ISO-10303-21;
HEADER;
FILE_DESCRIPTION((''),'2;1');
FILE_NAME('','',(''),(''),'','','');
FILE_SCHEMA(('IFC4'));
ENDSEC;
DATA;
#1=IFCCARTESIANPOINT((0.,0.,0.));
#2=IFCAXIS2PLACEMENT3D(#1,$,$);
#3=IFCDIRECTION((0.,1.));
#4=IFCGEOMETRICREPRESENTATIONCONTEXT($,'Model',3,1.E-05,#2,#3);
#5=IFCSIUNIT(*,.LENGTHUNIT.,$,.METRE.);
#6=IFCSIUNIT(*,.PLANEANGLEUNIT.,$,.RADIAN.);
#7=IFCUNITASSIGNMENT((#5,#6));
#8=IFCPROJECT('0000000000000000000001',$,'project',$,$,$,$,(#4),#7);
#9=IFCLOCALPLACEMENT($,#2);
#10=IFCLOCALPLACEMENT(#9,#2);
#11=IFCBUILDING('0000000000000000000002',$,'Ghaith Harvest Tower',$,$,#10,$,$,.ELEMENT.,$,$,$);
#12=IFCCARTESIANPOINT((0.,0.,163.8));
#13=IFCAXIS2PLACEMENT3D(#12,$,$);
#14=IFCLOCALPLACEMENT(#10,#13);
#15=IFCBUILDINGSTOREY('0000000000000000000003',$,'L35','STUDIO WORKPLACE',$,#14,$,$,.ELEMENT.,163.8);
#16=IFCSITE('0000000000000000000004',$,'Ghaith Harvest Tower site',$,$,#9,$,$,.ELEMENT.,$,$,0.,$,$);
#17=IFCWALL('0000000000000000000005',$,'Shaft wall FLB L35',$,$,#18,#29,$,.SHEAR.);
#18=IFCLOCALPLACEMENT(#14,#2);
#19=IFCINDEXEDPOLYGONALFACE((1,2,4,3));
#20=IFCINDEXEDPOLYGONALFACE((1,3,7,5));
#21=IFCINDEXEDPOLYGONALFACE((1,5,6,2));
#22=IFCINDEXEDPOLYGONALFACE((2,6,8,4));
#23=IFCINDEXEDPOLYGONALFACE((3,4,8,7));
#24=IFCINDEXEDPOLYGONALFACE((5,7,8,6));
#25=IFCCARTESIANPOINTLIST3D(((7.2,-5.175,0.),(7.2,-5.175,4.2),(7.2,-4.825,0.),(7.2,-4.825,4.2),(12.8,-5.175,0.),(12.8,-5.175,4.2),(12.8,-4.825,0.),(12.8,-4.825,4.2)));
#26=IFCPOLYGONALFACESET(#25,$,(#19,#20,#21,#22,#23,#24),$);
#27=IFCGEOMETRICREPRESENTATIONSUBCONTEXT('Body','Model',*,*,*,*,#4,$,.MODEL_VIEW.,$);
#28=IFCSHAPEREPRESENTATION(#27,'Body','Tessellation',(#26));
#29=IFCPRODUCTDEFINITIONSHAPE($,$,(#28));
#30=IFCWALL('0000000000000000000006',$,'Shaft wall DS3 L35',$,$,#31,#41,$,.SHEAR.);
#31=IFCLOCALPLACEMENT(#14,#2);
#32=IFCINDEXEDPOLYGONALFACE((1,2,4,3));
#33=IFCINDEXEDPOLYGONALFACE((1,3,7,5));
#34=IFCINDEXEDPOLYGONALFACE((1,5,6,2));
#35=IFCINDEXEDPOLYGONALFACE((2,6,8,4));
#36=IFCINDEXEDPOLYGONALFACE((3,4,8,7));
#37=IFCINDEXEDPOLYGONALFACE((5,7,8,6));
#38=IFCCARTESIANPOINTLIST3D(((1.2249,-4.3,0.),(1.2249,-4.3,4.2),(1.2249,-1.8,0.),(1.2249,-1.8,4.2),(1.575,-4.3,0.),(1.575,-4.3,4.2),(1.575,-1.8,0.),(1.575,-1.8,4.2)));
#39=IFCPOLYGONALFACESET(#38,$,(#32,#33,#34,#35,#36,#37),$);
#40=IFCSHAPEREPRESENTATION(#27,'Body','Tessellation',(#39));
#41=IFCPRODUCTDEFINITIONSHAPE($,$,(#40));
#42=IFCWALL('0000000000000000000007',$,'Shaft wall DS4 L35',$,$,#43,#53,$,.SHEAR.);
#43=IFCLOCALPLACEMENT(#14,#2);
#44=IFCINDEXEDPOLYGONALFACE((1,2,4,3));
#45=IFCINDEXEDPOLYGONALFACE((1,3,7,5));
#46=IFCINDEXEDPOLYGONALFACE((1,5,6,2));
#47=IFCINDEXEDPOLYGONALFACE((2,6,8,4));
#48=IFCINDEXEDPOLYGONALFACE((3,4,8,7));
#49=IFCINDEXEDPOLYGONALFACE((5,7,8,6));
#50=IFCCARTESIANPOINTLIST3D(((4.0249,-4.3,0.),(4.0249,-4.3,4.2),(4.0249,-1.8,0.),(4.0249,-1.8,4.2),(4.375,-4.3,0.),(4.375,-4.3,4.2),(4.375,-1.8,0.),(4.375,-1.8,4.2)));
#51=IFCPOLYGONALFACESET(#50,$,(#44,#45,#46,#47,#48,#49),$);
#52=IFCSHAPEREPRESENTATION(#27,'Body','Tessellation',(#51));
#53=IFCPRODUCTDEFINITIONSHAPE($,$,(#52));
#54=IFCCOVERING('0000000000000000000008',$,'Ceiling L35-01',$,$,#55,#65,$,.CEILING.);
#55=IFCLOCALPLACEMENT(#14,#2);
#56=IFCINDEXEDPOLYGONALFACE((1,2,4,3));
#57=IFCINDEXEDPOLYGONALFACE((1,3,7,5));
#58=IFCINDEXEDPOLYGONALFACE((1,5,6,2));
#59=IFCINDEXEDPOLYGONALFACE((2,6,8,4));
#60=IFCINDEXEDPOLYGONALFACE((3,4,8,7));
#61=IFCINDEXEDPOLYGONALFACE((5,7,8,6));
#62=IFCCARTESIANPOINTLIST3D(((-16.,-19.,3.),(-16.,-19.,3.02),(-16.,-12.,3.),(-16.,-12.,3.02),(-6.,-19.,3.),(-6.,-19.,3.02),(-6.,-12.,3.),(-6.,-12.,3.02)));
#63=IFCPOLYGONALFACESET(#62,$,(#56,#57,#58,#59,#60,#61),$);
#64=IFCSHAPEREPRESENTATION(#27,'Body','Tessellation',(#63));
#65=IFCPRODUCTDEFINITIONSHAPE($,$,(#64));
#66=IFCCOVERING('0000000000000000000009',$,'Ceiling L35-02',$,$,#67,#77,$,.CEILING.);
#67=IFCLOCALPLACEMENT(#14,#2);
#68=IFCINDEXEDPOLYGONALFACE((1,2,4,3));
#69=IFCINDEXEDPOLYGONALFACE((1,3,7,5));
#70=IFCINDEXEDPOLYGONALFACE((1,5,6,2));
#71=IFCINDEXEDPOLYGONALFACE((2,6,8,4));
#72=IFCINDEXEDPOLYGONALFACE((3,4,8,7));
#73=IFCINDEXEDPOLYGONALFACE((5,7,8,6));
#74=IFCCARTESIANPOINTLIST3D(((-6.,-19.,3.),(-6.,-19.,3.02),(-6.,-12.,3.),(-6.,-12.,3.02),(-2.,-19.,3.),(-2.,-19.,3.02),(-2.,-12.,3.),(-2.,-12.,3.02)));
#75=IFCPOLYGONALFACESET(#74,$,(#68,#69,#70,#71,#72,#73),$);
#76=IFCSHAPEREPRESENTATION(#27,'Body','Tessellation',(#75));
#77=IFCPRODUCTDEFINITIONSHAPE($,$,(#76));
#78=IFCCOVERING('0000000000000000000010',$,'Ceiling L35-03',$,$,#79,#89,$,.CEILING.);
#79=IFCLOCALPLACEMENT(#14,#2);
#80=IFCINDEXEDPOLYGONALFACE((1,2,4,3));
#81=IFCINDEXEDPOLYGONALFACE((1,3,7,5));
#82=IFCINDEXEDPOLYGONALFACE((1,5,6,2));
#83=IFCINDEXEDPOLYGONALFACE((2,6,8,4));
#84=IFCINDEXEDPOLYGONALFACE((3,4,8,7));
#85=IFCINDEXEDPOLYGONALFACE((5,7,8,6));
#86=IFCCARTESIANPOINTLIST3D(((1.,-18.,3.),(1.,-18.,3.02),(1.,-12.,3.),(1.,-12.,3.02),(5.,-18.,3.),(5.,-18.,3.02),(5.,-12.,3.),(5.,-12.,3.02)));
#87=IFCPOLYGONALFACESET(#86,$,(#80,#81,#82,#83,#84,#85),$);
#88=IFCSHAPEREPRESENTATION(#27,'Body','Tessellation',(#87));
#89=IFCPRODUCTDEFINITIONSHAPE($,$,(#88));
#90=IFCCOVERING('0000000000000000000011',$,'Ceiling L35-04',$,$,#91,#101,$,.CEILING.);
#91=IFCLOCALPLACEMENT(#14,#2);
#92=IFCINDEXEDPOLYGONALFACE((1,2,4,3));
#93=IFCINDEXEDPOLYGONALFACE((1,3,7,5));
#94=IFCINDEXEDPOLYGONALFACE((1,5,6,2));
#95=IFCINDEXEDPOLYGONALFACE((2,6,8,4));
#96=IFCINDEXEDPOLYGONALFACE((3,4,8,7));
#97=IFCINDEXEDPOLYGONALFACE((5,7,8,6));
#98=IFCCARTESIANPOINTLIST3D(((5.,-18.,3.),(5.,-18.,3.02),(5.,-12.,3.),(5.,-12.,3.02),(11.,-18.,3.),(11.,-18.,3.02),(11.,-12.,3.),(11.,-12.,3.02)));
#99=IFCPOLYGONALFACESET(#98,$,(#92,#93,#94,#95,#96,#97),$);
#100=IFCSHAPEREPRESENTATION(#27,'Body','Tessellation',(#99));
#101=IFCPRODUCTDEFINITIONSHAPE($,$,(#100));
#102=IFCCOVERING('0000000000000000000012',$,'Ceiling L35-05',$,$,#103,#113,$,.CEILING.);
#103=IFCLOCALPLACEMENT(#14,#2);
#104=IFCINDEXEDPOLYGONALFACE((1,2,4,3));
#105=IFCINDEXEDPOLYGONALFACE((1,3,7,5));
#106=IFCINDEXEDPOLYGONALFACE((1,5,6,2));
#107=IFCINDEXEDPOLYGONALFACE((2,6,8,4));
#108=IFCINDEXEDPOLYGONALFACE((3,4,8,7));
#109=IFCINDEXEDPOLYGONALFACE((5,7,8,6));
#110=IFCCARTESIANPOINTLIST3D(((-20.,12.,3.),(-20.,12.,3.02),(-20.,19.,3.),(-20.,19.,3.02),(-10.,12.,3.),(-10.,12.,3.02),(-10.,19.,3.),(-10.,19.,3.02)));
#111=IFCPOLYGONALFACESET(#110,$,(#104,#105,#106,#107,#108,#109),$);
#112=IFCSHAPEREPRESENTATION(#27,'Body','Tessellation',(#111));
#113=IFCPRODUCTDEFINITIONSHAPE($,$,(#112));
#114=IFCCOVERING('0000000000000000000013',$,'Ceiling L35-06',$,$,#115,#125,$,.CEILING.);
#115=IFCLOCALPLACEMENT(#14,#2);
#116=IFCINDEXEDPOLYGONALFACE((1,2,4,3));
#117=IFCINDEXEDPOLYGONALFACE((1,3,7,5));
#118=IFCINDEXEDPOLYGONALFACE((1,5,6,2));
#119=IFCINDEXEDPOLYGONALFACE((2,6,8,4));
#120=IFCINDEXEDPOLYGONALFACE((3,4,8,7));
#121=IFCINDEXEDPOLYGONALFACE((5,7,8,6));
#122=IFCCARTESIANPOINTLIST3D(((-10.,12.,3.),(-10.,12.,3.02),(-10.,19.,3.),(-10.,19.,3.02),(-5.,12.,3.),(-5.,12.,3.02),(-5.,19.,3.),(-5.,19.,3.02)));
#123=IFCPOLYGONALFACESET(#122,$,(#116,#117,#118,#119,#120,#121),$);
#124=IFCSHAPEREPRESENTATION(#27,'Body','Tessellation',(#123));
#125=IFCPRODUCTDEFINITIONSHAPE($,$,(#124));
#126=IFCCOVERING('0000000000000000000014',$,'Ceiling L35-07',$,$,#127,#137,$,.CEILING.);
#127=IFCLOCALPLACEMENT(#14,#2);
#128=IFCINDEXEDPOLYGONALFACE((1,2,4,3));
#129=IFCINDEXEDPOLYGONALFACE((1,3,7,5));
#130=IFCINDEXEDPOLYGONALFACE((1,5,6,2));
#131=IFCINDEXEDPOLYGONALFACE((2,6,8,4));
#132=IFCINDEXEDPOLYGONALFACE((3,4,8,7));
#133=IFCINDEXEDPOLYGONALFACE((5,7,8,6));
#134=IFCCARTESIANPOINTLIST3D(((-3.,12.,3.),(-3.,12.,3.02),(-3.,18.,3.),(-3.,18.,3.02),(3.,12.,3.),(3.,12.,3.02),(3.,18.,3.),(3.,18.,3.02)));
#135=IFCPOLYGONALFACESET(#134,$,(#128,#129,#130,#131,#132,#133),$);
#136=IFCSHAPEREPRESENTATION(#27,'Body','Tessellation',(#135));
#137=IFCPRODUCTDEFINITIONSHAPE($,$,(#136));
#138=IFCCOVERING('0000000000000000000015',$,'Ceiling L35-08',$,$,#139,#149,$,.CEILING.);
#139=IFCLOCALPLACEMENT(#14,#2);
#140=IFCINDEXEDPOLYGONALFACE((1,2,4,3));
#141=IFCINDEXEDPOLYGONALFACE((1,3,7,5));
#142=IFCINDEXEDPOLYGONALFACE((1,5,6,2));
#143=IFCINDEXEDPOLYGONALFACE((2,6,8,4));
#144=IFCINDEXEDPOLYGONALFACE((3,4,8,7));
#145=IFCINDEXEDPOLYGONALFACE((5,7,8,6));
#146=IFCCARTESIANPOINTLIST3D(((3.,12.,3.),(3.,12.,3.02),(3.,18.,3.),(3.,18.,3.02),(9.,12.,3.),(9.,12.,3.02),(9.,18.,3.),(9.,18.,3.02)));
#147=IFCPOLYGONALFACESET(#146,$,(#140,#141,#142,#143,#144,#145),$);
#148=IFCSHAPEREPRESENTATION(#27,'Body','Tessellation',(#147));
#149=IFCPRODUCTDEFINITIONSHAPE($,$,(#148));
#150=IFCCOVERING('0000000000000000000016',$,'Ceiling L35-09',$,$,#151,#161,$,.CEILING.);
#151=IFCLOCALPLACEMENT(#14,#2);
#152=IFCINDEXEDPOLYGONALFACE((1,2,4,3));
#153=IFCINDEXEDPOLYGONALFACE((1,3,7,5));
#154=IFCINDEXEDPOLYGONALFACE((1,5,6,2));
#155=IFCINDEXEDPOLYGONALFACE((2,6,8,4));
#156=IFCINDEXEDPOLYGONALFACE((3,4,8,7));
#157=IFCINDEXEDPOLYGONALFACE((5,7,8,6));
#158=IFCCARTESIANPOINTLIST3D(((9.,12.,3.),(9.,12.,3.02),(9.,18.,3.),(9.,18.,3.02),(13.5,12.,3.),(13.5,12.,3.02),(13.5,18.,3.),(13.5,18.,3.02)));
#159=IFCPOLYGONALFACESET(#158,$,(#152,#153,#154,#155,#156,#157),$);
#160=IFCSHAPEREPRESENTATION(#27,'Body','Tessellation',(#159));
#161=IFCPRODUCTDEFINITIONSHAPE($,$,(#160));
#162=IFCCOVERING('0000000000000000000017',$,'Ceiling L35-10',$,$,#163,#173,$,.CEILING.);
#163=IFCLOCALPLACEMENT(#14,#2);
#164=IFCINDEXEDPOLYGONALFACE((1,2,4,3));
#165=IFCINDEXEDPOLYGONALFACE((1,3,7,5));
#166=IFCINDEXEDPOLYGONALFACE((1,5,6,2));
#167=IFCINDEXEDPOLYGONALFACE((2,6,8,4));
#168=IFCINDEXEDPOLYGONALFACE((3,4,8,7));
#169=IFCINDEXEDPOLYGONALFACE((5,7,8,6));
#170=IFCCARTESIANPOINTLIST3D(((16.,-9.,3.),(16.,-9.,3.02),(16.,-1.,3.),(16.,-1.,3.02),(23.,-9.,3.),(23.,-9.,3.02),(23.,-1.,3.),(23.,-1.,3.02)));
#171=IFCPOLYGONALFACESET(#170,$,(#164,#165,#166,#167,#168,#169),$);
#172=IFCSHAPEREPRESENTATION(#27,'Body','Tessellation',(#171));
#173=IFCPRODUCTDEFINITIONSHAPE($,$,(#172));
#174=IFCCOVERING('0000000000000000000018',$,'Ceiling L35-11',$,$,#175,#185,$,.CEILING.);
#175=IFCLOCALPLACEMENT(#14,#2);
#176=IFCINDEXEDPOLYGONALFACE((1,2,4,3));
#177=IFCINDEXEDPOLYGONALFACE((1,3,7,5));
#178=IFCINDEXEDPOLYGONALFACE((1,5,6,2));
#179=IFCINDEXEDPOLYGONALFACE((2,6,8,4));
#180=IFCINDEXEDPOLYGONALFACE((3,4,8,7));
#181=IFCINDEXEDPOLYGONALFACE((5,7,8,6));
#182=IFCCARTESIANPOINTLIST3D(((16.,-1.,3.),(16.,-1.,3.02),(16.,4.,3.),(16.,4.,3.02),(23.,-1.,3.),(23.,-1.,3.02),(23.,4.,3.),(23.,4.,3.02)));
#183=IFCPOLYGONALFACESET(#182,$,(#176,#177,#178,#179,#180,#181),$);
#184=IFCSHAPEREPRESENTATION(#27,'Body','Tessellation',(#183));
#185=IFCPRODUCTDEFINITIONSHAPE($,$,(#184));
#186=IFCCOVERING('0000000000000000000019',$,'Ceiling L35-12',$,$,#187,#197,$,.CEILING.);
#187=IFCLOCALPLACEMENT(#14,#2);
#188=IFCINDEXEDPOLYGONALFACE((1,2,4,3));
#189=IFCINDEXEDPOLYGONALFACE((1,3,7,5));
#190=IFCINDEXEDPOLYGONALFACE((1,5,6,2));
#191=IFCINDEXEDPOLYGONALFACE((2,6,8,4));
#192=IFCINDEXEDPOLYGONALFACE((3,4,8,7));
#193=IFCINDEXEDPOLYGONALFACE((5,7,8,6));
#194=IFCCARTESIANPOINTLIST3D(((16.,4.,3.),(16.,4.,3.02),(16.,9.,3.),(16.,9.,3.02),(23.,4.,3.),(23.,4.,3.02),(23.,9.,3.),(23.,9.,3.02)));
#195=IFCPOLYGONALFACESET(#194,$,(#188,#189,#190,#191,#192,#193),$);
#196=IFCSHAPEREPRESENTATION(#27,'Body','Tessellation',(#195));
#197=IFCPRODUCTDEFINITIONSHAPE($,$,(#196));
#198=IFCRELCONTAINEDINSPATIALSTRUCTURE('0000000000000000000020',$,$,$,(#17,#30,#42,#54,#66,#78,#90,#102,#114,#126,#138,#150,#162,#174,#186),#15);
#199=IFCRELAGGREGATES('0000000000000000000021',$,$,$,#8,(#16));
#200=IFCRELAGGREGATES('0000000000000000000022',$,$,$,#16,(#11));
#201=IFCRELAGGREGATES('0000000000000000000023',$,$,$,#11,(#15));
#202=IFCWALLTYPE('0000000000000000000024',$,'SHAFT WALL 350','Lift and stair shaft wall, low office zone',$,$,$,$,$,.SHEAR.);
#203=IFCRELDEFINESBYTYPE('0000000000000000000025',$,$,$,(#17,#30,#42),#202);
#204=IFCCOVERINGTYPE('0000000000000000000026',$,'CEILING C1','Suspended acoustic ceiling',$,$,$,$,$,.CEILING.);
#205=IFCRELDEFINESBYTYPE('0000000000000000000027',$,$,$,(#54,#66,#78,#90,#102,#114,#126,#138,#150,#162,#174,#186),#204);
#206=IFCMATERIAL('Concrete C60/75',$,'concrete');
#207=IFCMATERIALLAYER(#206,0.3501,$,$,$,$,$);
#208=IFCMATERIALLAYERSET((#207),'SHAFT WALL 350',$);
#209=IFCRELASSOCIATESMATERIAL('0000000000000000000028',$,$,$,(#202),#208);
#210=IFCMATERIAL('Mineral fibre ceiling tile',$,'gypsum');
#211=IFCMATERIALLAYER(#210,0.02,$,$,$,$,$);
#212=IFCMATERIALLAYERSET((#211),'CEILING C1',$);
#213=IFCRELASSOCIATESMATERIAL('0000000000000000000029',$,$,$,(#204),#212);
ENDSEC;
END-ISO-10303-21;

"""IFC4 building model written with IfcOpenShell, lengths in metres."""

from ifc_helpers import new_model, si_unit, direction, frame, frame_2d, origin, place, context, subcontext, project, spatial, polyline, rectangle, outline, extrude, material, layer, layer_set, type_object, element, save


model = new_model("IFC4")

# Units and contexts
model_context = context("Model", 3, precision=1e-05, world=origin(), true_north=direction((0.0, 1.0)))
body_context = subcontext(model_context, "Body", "Model", "MODEL_VIEW")
ifc_project = project(units=[si_unit("LENGTHUNIT", "METRE"), si_unit("PLANEANGLEUNIT", "RADIAN")], contexts=[model_context])

# Site, building, storey
site_placement = place(None, origin())
site = spatial("IfcSite", under=ifc_project, at=site_placement, Name="Ghaith Harvest Tower site", CompositionType="ELEMENT", RefElevation=0.0)
building_placement = place(site_placement, origin())
building = spatial("IfcBuilding", under=site, at=building_placement, Name="Ghaith Harvest Tower", CompositionType="ELEMENT")
storey_placement = place(building_placement, frame((0.0, 0.0, 163.8)))
storey = spatial("IfcBuildingStorey", under=building, at=storey_placement, Name="L35", Description="STUDIO WORKPLACE", CompositionType="ELEMENT", Elevation=163.8)

# Shared definitions
ifc_material_1 = material(Name="Concrete C60/75", Category="concrete")
ifc_layer_1 = layer(ifc_material_1, 0.3501)
ifc_layer_set_1 = layer_set([ifc_layer_1], Name="SHAFT WALL 350")
wall_type_1 = type_object("IfcWallType", Name="SHAFT WALL 350", Description="Lift and stair shaft wall, low office zone", PredefinedType="SHEAR", material=ifc_layer_set_1)

# Walls
wall_1_placement = place(storey_placement, frame((7.2, -5.0, 0.0), z_axis=(0.0, 0.0, 1.0), x_axis=(1.0, 0.0, 0.0)))
element("IfcWall", 1, at=wall_1_placement, inside=storey, type_object=wall_type_1, Name="Shaft wall FLB L35", PredefinedType="SHEAR", context=body_context, shape_type="SweptSolid", body=[
    extrude(rectangle(XDim=5.6001, YDim=0.3501, at=frame_2d((2.8, 0.0))), origin(), (0.0, 0.0, 1.0), 4.2),
])
for number, where, z_axis, x_axis, name in (
    (2, (1.3999, -4.3, 0.0), (0.0, 0.0, 1.0), (0.0, 1.0, 0.0), "Shaft wall DS3 L35"),
    (3, (4.2, -4.3, 0.0), (0.0, 0.0, 1.0), (0.0, 1.0, 0.0), "Shaft wall DS4 L35"),
):
    element("IfcWall", number, at=place(storey_placement, frame(where, z_axis=z_axis, x_axis=x_axis)), inside=storey, type_object=wall_type_1, Name=name, PredefinedType="SHEAR", context=body_context, shape_type="SweptSolid", body=[
        extrude(rectangle(XDim=2.5, YDim=0.3501, at=frame_2d((1.25, 0.0))), origin(), (0.0, 0.0, 1.0), 4.2),
    ])

# Coverings
ifc_material_2 = material(Name="Mineral fibre ceiling tile", Category="gypsum")
ifc_layer_2 = layer(ifc_material_2, 0.02)
ifc_layer_set_2 = layer_set([ifc_layer_2], Name="CEILING C1")
covering_type = type_object("IfcCoveringType", Name="CEILING C1", Description="Suspended acoustic ceiling", PredefinedType="CEILING", material=ifc_layer_set_2)
covering_1_placement = place(storey_placement, frame((0.0, 0.0, 3.0)))
element("IfcCovering", 4, at=covering_1_placement, inside=storey, type_object=covering_type, Name="Ceiling L35-01", PredefinedType="CEILING", context=body_context, shape_type="SweptSolid", body=[
    extrude(outline(polyline([(-16.0, -19.0), (-6.0, -19.0), (-6.0, -12.0), (-16.0, -12.0), (-16.0, -19.0)])), origin(), (0.0, 0.0, 1.0), 0.02),
])
covering_2_placement = place(storey_placement, frame((0.0, 0.0, 3.0)))
element("IfcCovering", 5, at=covering_2_placement, inside=storey, type_object=covering_type, Name="Ceiling L35-02", PredefinedType="CEILING", context=body_context, shape_type="SweptSolid", body=[
    extrude(outline(polyline([(-6.0, -19.0), (-2.0, -19.0), (-2.0, -12.0), (-6.0, -12.0), (-6.0, -19.0)])), origin(), (0.0, 0.0, 1.0), 0.02),
])
covering_3_placement = place(storey_placement, frame((0.0, 0.0, 3.0)))
element("IfcCovering", 6, at=covering_3_placement, inside=storey, type_object=covering_type, Name="Ceiling L35-03", PredefinedType="CEILING", context=body_context, shape_type="SweptSolid", body=[
    extrude(outline(polyline([(1.0, -18.0), (5.0, -18.0), (5.0, -12.0), (1.0, -12.0), (1.0, -18.0)])), origin(), (0.0, 0.0, 1.0), 0.02),
])
covering_4_placement = place(storey_placement, frame((0.0, 0.0, 3.0)))
element("IfcCovering", 7, at=covering_4_placement, inside=storey, type_object=covering_type, Name="Ceiling L35-04", PredefinedType="CEILING", context=body_context, shape_type="SweptSolid", body=[
    extrude(outline(polyline([(5.0, -18.0), (11.0, -18.0), (11.0, -12.0), (5.0, -12.0), (5.0, -18.0)])), origin(), (0.0, 0.0, 1.0), 0.02),
])
covering_5_placement = place(storey_placement, frame((0.0, 0.0, 3.0)))
element("IfcCovering", 8, at=covering_5_placement, inside=storey, type_object=covering_type, Name="Ceiling L35-05", PredefinedType="CEILING", context=body_context, shape_type="SweptSolid", body=[
    extrude(outline(polyline([(-20.0, 12.0), (-10.0, 12.0), (-10.0, 19.0), (-20.0, 19.0), (-20.0, 12.0)])), origin(), (0.0, 0.0, 1.0), 0.02),
])
covering_6_placement = place(storey_placement, frame((0.0, 0.0, 3.0)))
element("IfcCovering", 9, at=covering_6_placement, inside=storey, type_object=covering_type, Name="Ceiling L35-06", PredefinedType="CEILING", context=body_context, shape_type="SweptSolid", body=[
    extrude(outline(polyline([(-10.0, 12.0), (-5.0, 12.0), (-5.0, 19.0), (-10.0, 19.0), (-10.0, 12.0)])), origin(), (0.0, 0.0, 1.0), 0.02),
])
covering_7_placement = place(storey_placement, frame((0.0, 0.0, 3.0)))
element("IfcCovering", 10, at=covering_7_placement, inside=storey, type_object=covering_type, Name="Ceiling L35-07", PredefinedType="CEILING", context=body_context, shape_type="SweptSolid", body=[
    extrude(outline(polyline([(-3.0, 12.0), (3.0, 12.0), (3.0, 18.0), (-3.0, 18.0), (-3.0, 12.0)])), origin(), (0.0, 0.0, 1.0), 0.02),
])
covering_8_placement = place(storey_placement, frame((0.0, 0.0, 3.0)))
element("IfcCovering", 11, at=covering_8_placement, inside=storey, type_object=covering_type, Name="Ceiling L35-08", PredefinedType="CEILING", context=body_context, shape_type="SweptSolid", body=[
    extrude(outline(polyline([(3.0, 12.0), (9.0, 12.0), (9.0, 18.0), (3.0, 18.0), (3.0, 12.0)])), origin(), (0.0, 0.0, 1.0), 0.02),
])
covering_9_placement = place(storey_placement, frame((0.0, 0.0, 3.0)))
element("IfcCovering", 12, at=covering_9_placement, inside=storey, type_object=covering_type, Name="Ceiling L35-09", PredefinedType="CEILING", context=body_context, shape_type="SweptSolid", body=[
    extrude(outline(polyline([(9.0, 12.0), (13.5, 12.0), (13.5, 18.0), (9.0, 18.0), (9.0, 12.0)])), origin(), (0.0, 0.0, 1.0), 0.02),
])
covering_10_placement = place(storey_placement, frame((0.0, 0.0, 3.0)))
element("IfcCovering", 13, at=covering_10_placement, inside=storey, type_object=covering_type, Name="Ceiling L35-10", PredefinedType="CEILING", context=body_context, shape_type="SweptSolid", body=[
    extrude(outline(polyline([(16.0, -9.0), (23.0, -9.0), (23.0, -1.0), (16.0, -1.0), (16.0, -9.0)])), origin(), (0.0, 0.0, 1.0), 0.02),
])
covering_11_placement = place(storey_placement, frame((0.0, 0.0, 3.0)))
element("IfcCovering", 14, at=covering_11_placement, inside=storey, type_object=covering_type, Name="Ceiling L35-11", PredefinedType="CEILING", context=body_context, shape_type="SweptSolid", body=[
    extrude(outline(polyline([(16.0, -1.0), (23.0, -1.0), (23.0, 4.0), (16.0, 4.0), (16.0, -1.0)])), origin(), (0.0, 0.0, 1.0), 0.02),
])
covering_12_placement = place(storey_placement, frame((0.0, 0.0, 3.0)))
element("IfcCovering", 15, at=covering_12_placement, inside=storey, type_object=covering_type, Name="Ceiling L35-12", PredefinedType="CEILING", context=body_context, shape_type="SweptSolid", body=[
    extrude(outline(polyline([(16.0, 4.0), (23.0, 4.0), (23.0, 9.0), (16.0, 9.0), (16.0, 4.0)])), origin(), (0.0, 0.0, 1.0), 0.02),
])

save(model, "model.ifc")
